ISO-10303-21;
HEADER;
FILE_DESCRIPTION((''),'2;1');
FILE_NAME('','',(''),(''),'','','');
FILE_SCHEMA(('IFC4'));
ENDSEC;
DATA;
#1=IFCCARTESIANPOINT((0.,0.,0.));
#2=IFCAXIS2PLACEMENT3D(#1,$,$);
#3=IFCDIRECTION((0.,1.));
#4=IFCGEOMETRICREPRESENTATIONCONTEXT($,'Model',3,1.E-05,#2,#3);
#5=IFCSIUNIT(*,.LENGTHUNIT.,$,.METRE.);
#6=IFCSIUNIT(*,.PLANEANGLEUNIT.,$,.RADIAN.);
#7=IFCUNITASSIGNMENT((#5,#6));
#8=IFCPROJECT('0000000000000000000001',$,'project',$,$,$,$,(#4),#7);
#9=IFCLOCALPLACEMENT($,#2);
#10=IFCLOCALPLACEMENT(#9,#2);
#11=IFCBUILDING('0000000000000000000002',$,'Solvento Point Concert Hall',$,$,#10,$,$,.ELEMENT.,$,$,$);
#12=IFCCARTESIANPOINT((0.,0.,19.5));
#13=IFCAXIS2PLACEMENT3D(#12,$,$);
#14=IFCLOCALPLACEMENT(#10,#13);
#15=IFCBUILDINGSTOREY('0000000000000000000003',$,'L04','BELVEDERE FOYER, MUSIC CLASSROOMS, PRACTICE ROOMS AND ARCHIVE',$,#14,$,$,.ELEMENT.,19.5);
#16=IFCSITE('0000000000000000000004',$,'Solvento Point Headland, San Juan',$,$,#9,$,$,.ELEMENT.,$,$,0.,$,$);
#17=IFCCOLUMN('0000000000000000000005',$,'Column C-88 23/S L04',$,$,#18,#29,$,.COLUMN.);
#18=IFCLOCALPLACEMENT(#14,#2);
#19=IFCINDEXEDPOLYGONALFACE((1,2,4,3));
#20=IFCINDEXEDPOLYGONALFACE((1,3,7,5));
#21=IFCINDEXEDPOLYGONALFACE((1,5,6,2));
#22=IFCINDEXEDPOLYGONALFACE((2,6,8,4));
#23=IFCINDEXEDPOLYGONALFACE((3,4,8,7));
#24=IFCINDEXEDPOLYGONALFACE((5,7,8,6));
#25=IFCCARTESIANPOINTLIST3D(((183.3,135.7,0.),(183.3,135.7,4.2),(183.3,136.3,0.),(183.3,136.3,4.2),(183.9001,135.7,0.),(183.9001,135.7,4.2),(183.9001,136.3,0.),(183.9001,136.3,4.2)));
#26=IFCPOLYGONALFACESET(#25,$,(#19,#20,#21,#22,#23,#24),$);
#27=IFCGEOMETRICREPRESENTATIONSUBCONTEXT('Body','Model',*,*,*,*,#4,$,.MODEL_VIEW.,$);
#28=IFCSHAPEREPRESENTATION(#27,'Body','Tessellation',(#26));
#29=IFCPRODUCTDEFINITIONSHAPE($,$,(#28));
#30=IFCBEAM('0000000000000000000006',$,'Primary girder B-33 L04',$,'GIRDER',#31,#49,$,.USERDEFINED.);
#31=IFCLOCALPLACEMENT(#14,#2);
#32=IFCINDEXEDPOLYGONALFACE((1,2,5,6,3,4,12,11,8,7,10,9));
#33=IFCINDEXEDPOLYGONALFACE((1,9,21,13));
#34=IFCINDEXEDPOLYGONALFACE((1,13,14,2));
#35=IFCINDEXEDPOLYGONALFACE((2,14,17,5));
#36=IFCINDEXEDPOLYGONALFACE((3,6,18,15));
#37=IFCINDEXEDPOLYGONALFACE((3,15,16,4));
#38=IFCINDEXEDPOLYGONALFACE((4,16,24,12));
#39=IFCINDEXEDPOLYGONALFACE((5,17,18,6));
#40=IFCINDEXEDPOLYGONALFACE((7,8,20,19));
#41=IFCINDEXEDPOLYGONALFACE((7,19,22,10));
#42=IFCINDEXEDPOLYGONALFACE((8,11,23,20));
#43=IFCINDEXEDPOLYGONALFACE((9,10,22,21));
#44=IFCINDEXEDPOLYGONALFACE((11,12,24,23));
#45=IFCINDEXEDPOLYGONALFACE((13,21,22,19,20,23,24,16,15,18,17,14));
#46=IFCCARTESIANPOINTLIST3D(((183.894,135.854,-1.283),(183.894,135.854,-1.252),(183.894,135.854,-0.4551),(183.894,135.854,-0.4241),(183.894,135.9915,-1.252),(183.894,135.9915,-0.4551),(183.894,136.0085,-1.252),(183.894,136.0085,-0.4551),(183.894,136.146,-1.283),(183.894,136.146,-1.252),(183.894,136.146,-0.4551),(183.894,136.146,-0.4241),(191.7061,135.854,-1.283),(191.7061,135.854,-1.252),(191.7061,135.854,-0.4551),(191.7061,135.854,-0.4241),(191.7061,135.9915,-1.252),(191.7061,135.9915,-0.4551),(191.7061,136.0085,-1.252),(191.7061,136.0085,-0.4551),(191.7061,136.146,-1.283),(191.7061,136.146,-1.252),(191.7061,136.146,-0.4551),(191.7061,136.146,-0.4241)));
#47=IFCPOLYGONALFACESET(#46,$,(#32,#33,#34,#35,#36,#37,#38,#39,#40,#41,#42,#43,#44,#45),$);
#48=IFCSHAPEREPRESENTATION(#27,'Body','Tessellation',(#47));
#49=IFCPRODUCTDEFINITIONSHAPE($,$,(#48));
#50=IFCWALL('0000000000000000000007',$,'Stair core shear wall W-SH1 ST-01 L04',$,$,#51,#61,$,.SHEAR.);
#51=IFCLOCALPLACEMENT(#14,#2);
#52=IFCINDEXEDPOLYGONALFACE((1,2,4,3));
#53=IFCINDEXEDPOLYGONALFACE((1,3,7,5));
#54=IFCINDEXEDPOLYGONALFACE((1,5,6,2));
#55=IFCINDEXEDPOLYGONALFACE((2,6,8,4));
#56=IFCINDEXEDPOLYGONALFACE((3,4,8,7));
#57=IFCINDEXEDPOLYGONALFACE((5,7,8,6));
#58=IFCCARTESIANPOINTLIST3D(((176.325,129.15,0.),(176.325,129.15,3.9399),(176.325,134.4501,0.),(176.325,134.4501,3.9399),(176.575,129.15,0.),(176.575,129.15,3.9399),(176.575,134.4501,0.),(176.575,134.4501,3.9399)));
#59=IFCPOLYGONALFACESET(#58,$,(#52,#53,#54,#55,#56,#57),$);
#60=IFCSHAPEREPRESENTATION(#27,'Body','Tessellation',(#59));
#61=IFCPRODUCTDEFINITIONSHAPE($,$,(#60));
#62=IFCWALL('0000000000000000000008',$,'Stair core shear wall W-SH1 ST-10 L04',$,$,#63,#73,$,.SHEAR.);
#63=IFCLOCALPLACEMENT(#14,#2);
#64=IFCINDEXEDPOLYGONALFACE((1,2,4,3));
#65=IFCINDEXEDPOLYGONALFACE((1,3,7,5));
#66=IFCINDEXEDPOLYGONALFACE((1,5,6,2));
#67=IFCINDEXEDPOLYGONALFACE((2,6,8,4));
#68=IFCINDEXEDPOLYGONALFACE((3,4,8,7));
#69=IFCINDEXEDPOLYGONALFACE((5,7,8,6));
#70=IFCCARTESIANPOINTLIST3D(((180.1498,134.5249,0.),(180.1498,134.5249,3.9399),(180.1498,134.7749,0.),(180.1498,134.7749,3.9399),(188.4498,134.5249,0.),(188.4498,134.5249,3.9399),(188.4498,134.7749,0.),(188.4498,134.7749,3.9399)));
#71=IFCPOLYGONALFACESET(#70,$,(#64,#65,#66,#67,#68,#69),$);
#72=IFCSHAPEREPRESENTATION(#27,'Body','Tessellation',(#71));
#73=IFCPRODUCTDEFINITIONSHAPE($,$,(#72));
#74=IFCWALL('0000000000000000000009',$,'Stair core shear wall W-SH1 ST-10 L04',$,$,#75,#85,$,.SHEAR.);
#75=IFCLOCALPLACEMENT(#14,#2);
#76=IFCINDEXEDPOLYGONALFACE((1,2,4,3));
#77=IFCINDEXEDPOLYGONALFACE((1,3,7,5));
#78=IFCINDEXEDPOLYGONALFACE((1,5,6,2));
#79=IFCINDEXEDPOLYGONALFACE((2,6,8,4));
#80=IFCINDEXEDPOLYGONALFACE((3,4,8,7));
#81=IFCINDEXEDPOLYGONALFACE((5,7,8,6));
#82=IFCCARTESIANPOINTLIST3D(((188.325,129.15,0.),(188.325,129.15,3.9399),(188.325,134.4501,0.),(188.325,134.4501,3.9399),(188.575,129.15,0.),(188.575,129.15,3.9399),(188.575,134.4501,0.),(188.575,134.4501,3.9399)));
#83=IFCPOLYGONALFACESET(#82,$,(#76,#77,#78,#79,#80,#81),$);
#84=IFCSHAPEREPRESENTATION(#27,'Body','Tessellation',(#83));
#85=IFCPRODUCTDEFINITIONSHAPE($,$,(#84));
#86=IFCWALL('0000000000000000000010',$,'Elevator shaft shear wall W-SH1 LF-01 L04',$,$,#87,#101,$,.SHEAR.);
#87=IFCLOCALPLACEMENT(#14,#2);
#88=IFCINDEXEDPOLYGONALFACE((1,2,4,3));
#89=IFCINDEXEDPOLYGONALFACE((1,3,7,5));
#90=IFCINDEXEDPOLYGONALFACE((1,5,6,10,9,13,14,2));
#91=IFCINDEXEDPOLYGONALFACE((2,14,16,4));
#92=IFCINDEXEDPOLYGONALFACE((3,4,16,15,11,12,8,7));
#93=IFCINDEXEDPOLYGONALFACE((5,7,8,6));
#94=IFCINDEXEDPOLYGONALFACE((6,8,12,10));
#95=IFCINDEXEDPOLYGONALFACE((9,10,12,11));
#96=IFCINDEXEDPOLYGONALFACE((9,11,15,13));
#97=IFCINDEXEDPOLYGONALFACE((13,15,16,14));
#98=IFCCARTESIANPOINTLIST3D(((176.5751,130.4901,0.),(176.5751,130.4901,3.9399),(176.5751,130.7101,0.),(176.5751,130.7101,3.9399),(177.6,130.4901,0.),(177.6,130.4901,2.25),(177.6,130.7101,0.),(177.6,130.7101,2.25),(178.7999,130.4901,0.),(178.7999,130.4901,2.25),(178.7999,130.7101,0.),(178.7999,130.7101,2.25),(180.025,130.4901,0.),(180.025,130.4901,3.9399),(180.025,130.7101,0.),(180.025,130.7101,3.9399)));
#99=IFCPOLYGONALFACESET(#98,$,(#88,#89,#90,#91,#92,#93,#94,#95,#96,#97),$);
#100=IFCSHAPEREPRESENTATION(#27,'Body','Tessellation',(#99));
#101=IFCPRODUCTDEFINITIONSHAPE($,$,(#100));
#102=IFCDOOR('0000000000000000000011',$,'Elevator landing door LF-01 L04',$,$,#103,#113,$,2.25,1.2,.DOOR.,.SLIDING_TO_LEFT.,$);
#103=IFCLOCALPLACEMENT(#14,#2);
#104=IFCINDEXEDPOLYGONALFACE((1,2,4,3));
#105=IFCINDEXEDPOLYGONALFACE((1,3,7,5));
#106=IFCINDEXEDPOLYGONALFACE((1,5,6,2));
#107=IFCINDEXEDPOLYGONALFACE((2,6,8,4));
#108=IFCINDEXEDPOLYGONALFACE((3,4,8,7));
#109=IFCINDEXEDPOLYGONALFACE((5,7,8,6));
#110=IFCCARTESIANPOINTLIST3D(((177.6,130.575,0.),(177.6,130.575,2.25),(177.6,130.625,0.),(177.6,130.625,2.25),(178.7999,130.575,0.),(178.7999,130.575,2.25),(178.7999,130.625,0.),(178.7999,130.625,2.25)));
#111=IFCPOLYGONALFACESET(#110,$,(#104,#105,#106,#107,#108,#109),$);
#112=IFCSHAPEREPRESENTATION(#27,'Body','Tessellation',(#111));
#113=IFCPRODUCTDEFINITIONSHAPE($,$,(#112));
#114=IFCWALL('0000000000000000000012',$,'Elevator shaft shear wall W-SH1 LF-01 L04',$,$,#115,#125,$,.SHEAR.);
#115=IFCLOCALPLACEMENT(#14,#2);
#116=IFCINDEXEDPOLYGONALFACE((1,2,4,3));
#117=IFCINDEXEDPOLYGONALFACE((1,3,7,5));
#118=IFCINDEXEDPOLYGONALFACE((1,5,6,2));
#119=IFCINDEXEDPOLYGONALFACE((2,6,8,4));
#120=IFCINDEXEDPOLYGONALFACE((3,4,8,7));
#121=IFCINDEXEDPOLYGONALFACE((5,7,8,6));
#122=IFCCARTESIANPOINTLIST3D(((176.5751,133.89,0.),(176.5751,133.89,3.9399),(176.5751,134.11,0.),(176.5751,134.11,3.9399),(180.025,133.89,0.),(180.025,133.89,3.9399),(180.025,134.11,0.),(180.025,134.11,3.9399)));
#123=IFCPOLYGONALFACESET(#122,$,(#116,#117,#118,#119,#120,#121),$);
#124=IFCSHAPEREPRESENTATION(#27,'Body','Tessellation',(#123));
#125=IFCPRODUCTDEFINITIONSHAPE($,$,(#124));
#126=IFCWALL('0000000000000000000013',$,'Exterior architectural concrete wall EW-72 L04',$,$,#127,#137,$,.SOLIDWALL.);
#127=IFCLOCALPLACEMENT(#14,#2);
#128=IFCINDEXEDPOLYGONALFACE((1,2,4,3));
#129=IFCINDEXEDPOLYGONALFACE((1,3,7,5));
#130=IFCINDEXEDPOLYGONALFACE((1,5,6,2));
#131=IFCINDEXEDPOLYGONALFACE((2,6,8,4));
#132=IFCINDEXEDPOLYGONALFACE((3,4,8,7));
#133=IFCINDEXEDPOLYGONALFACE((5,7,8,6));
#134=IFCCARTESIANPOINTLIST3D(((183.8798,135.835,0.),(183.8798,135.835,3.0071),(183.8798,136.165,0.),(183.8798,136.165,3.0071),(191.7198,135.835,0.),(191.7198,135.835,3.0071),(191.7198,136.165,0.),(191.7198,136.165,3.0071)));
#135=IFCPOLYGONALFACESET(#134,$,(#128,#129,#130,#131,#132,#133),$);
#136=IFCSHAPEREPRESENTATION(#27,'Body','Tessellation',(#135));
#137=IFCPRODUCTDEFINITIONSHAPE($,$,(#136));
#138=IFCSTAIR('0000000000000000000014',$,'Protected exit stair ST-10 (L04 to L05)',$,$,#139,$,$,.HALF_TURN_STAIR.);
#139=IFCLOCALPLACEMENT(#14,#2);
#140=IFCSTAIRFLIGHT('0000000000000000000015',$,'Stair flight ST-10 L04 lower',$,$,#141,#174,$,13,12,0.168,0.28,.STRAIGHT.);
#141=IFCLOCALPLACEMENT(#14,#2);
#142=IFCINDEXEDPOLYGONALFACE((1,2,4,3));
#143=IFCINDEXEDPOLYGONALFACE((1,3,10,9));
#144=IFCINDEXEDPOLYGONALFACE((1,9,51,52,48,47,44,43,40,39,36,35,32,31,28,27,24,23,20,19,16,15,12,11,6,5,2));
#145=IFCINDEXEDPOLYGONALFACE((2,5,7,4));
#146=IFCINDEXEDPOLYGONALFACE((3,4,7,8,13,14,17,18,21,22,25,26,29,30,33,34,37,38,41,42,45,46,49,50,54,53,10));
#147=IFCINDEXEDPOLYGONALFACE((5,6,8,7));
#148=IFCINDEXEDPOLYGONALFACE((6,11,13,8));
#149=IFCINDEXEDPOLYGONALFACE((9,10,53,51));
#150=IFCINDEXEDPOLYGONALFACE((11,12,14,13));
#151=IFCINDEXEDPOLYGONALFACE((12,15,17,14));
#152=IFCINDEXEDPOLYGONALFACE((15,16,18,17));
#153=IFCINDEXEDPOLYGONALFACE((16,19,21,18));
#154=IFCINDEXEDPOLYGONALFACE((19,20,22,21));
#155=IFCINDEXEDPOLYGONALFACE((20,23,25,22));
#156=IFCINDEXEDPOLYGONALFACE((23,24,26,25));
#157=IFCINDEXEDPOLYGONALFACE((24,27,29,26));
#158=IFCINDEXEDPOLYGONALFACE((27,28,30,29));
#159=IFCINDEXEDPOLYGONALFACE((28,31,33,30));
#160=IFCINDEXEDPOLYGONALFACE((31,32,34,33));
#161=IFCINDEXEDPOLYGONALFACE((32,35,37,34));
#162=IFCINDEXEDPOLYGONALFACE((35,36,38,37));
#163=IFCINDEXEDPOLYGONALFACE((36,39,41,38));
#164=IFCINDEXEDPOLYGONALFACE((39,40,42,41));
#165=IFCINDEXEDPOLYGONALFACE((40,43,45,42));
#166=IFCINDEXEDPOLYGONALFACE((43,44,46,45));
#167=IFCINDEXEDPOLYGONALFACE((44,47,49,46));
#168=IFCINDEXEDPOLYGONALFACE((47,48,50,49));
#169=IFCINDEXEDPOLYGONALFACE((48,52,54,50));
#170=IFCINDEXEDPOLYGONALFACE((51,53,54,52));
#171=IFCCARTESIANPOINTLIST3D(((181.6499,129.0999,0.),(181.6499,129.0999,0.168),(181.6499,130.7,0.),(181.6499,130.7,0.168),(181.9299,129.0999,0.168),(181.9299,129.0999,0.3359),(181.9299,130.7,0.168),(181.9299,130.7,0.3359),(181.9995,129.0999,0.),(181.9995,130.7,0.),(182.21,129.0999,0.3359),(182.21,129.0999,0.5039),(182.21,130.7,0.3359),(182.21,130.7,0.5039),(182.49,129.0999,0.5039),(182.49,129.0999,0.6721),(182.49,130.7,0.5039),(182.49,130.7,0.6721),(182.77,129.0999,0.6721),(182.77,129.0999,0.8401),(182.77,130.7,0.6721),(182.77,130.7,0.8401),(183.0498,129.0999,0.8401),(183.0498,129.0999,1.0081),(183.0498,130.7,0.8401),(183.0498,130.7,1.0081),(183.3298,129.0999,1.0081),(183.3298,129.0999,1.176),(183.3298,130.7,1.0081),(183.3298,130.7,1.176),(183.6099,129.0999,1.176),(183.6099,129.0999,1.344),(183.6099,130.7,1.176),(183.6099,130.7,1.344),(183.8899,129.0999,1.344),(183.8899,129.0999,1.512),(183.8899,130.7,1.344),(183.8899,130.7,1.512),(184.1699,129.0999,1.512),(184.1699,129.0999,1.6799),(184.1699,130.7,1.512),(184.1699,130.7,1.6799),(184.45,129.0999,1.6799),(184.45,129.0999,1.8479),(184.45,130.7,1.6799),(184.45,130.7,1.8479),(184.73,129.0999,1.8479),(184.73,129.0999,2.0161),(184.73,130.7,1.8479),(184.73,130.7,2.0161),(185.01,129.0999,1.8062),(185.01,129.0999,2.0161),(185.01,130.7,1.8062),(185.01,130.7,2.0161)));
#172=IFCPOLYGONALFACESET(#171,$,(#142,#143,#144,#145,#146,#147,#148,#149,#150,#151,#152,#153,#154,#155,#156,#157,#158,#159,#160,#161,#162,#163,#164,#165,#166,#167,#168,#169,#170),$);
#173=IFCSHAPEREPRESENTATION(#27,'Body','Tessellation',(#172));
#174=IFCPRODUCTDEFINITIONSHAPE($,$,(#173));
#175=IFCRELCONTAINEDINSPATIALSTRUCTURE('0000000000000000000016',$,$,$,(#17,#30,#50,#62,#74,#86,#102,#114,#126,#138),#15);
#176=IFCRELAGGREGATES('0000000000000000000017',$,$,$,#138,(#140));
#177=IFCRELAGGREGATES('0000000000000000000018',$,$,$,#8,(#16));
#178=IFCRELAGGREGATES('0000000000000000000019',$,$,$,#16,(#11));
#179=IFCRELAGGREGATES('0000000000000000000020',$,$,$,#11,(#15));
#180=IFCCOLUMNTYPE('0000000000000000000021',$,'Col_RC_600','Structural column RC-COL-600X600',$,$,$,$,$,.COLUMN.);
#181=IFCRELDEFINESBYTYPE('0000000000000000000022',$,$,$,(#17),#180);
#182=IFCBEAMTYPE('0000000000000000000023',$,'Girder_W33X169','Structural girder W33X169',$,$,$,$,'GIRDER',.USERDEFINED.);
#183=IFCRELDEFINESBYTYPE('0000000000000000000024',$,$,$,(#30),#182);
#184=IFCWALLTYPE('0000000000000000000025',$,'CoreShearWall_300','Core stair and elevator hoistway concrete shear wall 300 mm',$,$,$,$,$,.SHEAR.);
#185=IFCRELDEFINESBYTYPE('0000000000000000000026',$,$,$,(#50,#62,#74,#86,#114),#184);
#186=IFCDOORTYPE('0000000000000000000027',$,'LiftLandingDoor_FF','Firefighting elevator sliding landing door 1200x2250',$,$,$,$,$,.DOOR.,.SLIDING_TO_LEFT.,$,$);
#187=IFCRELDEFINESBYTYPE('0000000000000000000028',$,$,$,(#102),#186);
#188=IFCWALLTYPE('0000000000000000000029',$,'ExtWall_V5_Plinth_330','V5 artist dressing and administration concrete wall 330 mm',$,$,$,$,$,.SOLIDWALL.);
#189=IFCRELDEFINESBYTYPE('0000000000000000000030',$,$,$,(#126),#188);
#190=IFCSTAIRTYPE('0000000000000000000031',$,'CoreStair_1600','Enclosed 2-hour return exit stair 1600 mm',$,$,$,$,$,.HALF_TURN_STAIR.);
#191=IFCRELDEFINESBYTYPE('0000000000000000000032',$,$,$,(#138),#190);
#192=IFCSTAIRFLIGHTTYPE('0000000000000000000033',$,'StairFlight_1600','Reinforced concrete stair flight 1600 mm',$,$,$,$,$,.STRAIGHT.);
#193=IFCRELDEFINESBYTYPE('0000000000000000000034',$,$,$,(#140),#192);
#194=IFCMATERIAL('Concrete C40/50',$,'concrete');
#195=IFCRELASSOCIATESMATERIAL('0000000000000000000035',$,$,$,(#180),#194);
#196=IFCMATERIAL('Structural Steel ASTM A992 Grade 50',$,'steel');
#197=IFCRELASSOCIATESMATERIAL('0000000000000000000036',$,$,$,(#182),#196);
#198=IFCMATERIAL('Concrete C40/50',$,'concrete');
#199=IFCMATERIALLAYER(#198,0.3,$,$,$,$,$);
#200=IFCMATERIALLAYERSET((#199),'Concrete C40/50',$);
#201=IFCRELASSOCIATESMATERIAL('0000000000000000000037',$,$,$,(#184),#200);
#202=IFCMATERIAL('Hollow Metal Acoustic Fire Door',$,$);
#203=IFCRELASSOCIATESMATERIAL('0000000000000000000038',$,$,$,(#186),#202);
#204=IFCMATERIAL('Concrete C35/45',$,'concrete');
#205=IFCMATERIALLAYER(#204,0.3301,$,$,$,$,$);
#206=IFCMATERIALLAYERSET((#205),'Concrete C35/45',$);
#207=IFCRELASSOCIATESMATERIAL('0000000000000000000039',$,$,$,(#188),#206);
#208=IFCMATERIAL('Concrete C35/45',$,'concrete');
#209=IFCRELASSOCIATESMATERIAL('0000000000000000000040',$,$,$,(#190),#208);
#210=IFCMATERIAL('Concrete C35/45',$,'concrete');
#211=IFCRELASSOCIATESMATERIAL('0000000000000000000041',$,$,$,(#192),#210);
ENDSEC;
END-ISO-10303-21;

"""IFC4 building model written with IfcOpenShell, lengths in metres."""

from ifc_helpers import new_model, si_unit, direction, frame, frame_2d, origin, origin_2d, place, context, subcontext, project, spatial, polyline, rectangle, i_section, outline, extrude, material, layer, layer_set, material_profile, profile_set, type_object, element, fill, aggregate, save


model = new_model("IFC4")

# Units and contexts
model_context = context("Model", 3, precision=1e-05, world=origin(), true_north=direction((0.0, 1.0)))
body_context = subcontext(model_context, "Body", "Model", "MODEL_VIEW")
ifc_project = project(units=[si_unit("LENGTHUNIT", "METRE"), si_unit("PLANEANGLEUNIT", "RADIAN")], contexts=[model_context])

# Site, building, storey
site_placement = place(None, origin())
site = spatial("IfcSite", under=ifc_project, at=site_placement, Name="Solvento Point Headland, San Juan", CompositionType="ELEMENT", RefElevation=0.0)
building_placement = place(site_placement, origin())
building = spatial("IfcBuilding", under=site, at=building_placement, Name="Solvento Point Concert Hall", CompositionType="ELEMENT")
storey_placement = place(building_placement, frame((0.0, 0.0, 19.5)))
storey = spatial("IfcBuildingStorey", under=building, at=storey_placement, Name="L04", Description="BELVEDERE FOYER, MUSIC CLASSROOMS, PRACTICE ROOMS AND ARCHIVE", CompositionType="ELEMENT", Elevation=19.5)

# Column
ifc_material_1 = material(Name="Concrete C40/50", Category="concrete")
ifc_material_profile_1 = material_profile(ifc_material_1, rectangle(XDim=0.6001, YDim=0.6001, at=origin_2d()), Name="RC-COL-600X600")
ifc_profile_set_1 = profile_set([ifc_material_profile_1], Name="Concrete C40/50")
column_type = type_object("IfcColumnType", Name="Col_RC_600", Description="Structural column RC-COL-600X600", PredefinedType="COLUMN", material=ifc_profile_set_1)
column_placement = place(storey_placement, frame((183.6001, 136.0, 0.0), z_axis=(0.0, 0.0, 1.0), x_axis=(1.0, 0.0, 0.0)))
element("IfcColumn", 1, at=column_placement, inside=storey, type_object=column_type, Name="Column C-88 23/S L04", PredefinedType="COLUMN", context=body_context, shape_type="SweptSolid", body=[
    extrude(rectangle(XDim=0.6001, YDim=0.6001, at=origin_2d()), origin(), (0.0, 0.0, 1.0), 4.2),
])

# Beam
ifc_material_2 = material(Name="Structural Steel ASTM A992 Grade 50", Category="steel")
ifc_material_profile_2 = material_profile(ifc_material_2, i_section(OverallWidth=0.292, OverallDepth=0.8589, WebThickness=0.0171, FlangeThickness=0.031, at=origin_2d()), Name="W33X169")
ifc_profile_set_2 = profile_set([ifc_material_profile_2], Name="Structural Steel ASTM A992 Grade 50")
beam_type = type_object("IfcBeamType", Name="Girder_W33X169", Description="Structural girder W33X169", ElementType="GIRDER", PredefinedType="USERDEFINED", material=ifc_profile_set_2)
beam_placement = place(storey_placement, frame((183.894, 136.0, -0.8535), z_axis=(1.0, 0.0, 0.0), x_axis=(0.0, 1.0, 0.0)))
element("IfcBeam", 2, at=beam_placement, inside=storey, type_object=beam_type, Name="Primary girder B-33 L04", ObjectType="GIRDER", PredefinedType="USERDEFINED", context=body_context, shape_type="SweptSolid", body=[
    extrude(i_section(OverallWidth=0.292, OverallDepth=0.8589, WebThickness=0.0171, FlangeThickness=0.031, at=origin_2d()), origin(), (0.0, 0.0, 1.0), 7.812),
])

# Walls
ifc_material_3 = material(Name="Concrete C40/50", Category="concrete")
ifc_layer_1 = layer(ifc_material_3, 0.3)
ifc_layer_set_1 = layer_set([ifc_layer_1], Name="Concrete C40/50")
wall_type_1 = type_object("IfcWallType", Name="CoreShearWall_300", Description="Core stair and elevator hoistway concrete shear wall 300 mm", PredefinedType="SHEAR", material=ifc_layer_set_1)
wall_1_placement = place(storey_placement, frame((176.45, 134.45, 0.0), z_axis=(0.0, 0.0, 1.0), x_axis=(0.0, -1.0, 0.0)))
element("IfcWall", 3, at=wall_1_placement, inside=storey, type_object=wall_type_1, Name="Stair core shear wall W-SH1 ST-01 L04", PredefinedType="SHEAR", context=body_context, shape_type="SweptSolid", body=[
    extrude(rectangle(XDim=5.3, YDim=0.25, at=frame_2d((2.6499, 0.0))), origin(), (0.0, 0.0, 1.0), 3.9399),
])
wall_2_placement = place(storey_placement, frame((180.1499, 134.6499, 0.0), z_axis=(0.0, 0.0, 1.0), x_axis=(1.0, 0.0, 0.0)))
element("IfcWall", 4, at=wall_2_placement, inside=storey, type_object=wall_type_1, Name="Stair core shear wall W-SH1 ST-10 L04", PredefinedType="SHEAR", context=body_context, shape_type="SweptSolid", body=[
    extrude(rectangle(XDim=8.3, YDim=0.25, at=frame_2d((4.1499, 0.0))), origin(), (0.0, 0.0, 1.0), 3.9399),
])
wall_3_placement = place(storey_placement, frame((188.45, 134.45, 0.0), z_axis=(0.0, 0.0, 1.0), x_axis=(0.0, -1.0, 0.0)))
element("IfcWall", 5, at=wall_3_placement, inside=storey, type_object=wall_type_1, Name="Stair core shear wall W-SH1 ST-10 L04", PredefinedType="SHEAR", context=body_context, shape_type="SweptSolid", body=[
    extrude(rectangle(XDim=5.3, YDim=0.25, at=frame_2d((2.6499, 0.0))), origin(), (0.0, 0.0, 1.0), 3.9399),
])

# Wall, opening, door
wall_4_placement = place(storey_placement, frame((176.575, 130.6001, 0.0), z_axis=(0.0, 0.0, 1.0), x_axis=(1.0, 0.0, 0.0)))
wall_4 = element("IfcWall", 6, at=wall_4_placement, inside=storey, type_object=wall_type_1, Name="Elevator shaft shear wall W-SH1 LF-01 L04", PredefinedType="SHEAR", context=body_context, shape_type="SweptSolid", body=[
    extrude(rectangle(XDim=3.45, YDim=0.22, at=frame_2d((1.7251, 0.0))), origin(), (0.0, 0.0, 1.0), 3.9399),
])
opening_placement = place(wall_4_placement, frame((1.0249, 0.0, 0.0)))
opening = element("IfcOpeningElement", 7, at=opening_placement, cuts=wall_4, PredefinedType="OPENING", context=body_context, shape_type="SweptSolid", body=[
    extrude(rectangle(XDim=1.2, YDim=2.25, at=frame_2d((0.6001, 1.125))), frame((0.0, 0.1199, 0.0), z_axis=(0.0, -1.0, 0.0), x_axis=(1.0, 0.0, 0.0)), (0.0, 0.0, 1.0), 0.24),
])
ifc_material_4 = material(Name="Hollow Metal Acoustic Fire Door")
door_type = type_object("IfcDoorType", Name="LiftLandingDoor_FF", Description="Firefighting elevator sliding landing door 1200x2250", OperationType="SLIDING_TO_LEFT", PredefinedType="DOOR", material=ifc_material_4)
door_placement = place(opening_placement, origin())
door = element("IfcDoor", 8, at=door_placement, inside=storey, type_object=door_type, Name="Elevator landing door LF-01 L04", OperationType="SLIDING_TO_LEFT", OverallHeight=2.25, OverallWidth=1.2, PredefinedType="DOOR", context=body_context, shape_type="SweptSolid", body=[
    extrude(rectangle(XDim=1.2, YDim=2.25, at=frame_2d((0.6001, 1.125))), frame((0.0, 0.0249, 0.0), z_axis=(0.0, -1.0, 0.0), x_axis=(1.0, 0.0, 0.0)), (0.0, 0.0, 1.0), 0.05),
])
fill(opening, door)

# Walls
wall_5_placement = place(storey_placement, frame((176.575, 134.0, 0.0), z_axis=(0.0, 0.0, 1.0), x_axis=(1.0, 0.0, 0.0)))
element("IfcWall", 9, at=wall_5_placement, inside=storey, type_object=wall_type_1, Name="Elevator shaft shear wall W-SH1 LF-01 L04", PredefinedType="SHEAR", context=body_context, shape_type="SweptSolid", body=[
    extrude(rectangle(XDim=3.45, YDim=0.22, at=frame_2d((1.7251, 0.0))), origin(), (0.0, 0.0, 1.0), 3.9399),
])
ifc_material_5 = material(Name="Concrete C35/45", Category="concrete")
ifc_layer_2 = layer(ifc_material_5, 0.3301)
ifc_layer_set_2 = layer_set([ifc_layer_2], Name="Concrete C35/45")
wall_type_2 = type_object("IfcWallType", Name="ExtWall_V5_Plinth_330", Description="V5 artist dressing and administration concrete wall 330 mm", PredefinedType="SOLIDWALL", material=ifc_layer_set_2)
wall_6_placement = place(storey_placement, frame((183.8799, 136.0, 0.0), z_axis=(0.0, 0.0, 1.0), x_axis=(1.0, 0.0, 0.0)))
element("IfcWall", 10, at=wall_6_placement, inside=storey, type_object=wall_type_2, Name="Exterior architectural concrete wall EW-72 L04", PredefinedType="SOLIDWALL", context=body_context, shape_type="SweptSolid", body=[
    extrude(rectangle(XDim=7.8401, YDim=0.3301, at=frame_2d((3.9199, 0.0))), origin(), (0.0, 0.0, 1.0), 3.0071),
])

# Stair, stair flight
ifc_material_6 = material(Name="Concrete C35/45", Category="concrete")
stair_type = type_object("IfcStairType", Name="CoreStair_1600", Description="Enclosed 2-hour return exit stair 1600 mm", PredefinedType="HALF_TURN_STAIR", material=ifc_material_6)
stair_placement = place(storey_placement, origin())
stair = element("IfcStair", 11, at=stair_placement, inside=storey, type_object=stair_type, Name="Protected exit stair ST-10 (L04 to L05)", PredefinedType="HALF_TURN_STAIR")
ifc_material_7 = material(Name="Concrete C35/45", Category="concrete")
stair_flight_type = type_object("IfcStairFlightType", Name="StairFlight_1600", Description="Reinforced concrete stair flight 1600 mm", PredefinedType="STRAIGHT", material=ifc_material_7)
stair_flight_1_placement = place(storey_placement, frame((181.6499, 129.8999, 0.0), z_axis=(0.0, 0.0, 1.0), x_axis=(1.0, 0.0, 0.0)))
stair_flight_1 = element("IfcStairFlight", 12, at=stair_flight_1_placement, type_object=stair_flight_type, Name="Stair flight ST-10 L04 lower", NumberOfRisers=13, NumberOfTreads=12, PredefinedType="STRAIGHT", RiserHeight=0.168, TreadLength=0.28, context=body_context, shape_type="SweptSolid", body=[
    extrude(outline(polyline([(0.0, 0.0), (0.0, 0.168), (0.28, 0.168), (0.28, 0.3359), (0.5601, 0.3359), (0.5601, 0.5039), (0.8401, 0.5039), (0.8401, 0.6721), (1.1201, 0.6721), (1.1201, 0.8401), (1.3999, 0.8401), (1.3999, 1.0081), (1.6799, 1.0081), (1.6799, 1.176), (1.96, 1.176), (1.96, 1.344), (2.24, 1.344), (2.24, 1.512), (2.52, 1.512), (2.52, 1.6799), (2.8, 1.6799), (2.8, 1.8479), (3.0801, 1.8479), (3.0801, 2.0161), (3.3601, 2.0161), (3.3601, 2.1841), (3.3601, 1.8062), (0.3496, 0.0), (0.0, 0.0)])), frame((0.0, 0.8, 0.0), z_axis=(0.0, -1.0, 0.0), x_axis=(1.0, 0.0, 0.0)), (0.0, 0.0, 1.0), 1.6001),
])
aggregate(stair, [stair_flight_1])

save(model, "model.ifc")
